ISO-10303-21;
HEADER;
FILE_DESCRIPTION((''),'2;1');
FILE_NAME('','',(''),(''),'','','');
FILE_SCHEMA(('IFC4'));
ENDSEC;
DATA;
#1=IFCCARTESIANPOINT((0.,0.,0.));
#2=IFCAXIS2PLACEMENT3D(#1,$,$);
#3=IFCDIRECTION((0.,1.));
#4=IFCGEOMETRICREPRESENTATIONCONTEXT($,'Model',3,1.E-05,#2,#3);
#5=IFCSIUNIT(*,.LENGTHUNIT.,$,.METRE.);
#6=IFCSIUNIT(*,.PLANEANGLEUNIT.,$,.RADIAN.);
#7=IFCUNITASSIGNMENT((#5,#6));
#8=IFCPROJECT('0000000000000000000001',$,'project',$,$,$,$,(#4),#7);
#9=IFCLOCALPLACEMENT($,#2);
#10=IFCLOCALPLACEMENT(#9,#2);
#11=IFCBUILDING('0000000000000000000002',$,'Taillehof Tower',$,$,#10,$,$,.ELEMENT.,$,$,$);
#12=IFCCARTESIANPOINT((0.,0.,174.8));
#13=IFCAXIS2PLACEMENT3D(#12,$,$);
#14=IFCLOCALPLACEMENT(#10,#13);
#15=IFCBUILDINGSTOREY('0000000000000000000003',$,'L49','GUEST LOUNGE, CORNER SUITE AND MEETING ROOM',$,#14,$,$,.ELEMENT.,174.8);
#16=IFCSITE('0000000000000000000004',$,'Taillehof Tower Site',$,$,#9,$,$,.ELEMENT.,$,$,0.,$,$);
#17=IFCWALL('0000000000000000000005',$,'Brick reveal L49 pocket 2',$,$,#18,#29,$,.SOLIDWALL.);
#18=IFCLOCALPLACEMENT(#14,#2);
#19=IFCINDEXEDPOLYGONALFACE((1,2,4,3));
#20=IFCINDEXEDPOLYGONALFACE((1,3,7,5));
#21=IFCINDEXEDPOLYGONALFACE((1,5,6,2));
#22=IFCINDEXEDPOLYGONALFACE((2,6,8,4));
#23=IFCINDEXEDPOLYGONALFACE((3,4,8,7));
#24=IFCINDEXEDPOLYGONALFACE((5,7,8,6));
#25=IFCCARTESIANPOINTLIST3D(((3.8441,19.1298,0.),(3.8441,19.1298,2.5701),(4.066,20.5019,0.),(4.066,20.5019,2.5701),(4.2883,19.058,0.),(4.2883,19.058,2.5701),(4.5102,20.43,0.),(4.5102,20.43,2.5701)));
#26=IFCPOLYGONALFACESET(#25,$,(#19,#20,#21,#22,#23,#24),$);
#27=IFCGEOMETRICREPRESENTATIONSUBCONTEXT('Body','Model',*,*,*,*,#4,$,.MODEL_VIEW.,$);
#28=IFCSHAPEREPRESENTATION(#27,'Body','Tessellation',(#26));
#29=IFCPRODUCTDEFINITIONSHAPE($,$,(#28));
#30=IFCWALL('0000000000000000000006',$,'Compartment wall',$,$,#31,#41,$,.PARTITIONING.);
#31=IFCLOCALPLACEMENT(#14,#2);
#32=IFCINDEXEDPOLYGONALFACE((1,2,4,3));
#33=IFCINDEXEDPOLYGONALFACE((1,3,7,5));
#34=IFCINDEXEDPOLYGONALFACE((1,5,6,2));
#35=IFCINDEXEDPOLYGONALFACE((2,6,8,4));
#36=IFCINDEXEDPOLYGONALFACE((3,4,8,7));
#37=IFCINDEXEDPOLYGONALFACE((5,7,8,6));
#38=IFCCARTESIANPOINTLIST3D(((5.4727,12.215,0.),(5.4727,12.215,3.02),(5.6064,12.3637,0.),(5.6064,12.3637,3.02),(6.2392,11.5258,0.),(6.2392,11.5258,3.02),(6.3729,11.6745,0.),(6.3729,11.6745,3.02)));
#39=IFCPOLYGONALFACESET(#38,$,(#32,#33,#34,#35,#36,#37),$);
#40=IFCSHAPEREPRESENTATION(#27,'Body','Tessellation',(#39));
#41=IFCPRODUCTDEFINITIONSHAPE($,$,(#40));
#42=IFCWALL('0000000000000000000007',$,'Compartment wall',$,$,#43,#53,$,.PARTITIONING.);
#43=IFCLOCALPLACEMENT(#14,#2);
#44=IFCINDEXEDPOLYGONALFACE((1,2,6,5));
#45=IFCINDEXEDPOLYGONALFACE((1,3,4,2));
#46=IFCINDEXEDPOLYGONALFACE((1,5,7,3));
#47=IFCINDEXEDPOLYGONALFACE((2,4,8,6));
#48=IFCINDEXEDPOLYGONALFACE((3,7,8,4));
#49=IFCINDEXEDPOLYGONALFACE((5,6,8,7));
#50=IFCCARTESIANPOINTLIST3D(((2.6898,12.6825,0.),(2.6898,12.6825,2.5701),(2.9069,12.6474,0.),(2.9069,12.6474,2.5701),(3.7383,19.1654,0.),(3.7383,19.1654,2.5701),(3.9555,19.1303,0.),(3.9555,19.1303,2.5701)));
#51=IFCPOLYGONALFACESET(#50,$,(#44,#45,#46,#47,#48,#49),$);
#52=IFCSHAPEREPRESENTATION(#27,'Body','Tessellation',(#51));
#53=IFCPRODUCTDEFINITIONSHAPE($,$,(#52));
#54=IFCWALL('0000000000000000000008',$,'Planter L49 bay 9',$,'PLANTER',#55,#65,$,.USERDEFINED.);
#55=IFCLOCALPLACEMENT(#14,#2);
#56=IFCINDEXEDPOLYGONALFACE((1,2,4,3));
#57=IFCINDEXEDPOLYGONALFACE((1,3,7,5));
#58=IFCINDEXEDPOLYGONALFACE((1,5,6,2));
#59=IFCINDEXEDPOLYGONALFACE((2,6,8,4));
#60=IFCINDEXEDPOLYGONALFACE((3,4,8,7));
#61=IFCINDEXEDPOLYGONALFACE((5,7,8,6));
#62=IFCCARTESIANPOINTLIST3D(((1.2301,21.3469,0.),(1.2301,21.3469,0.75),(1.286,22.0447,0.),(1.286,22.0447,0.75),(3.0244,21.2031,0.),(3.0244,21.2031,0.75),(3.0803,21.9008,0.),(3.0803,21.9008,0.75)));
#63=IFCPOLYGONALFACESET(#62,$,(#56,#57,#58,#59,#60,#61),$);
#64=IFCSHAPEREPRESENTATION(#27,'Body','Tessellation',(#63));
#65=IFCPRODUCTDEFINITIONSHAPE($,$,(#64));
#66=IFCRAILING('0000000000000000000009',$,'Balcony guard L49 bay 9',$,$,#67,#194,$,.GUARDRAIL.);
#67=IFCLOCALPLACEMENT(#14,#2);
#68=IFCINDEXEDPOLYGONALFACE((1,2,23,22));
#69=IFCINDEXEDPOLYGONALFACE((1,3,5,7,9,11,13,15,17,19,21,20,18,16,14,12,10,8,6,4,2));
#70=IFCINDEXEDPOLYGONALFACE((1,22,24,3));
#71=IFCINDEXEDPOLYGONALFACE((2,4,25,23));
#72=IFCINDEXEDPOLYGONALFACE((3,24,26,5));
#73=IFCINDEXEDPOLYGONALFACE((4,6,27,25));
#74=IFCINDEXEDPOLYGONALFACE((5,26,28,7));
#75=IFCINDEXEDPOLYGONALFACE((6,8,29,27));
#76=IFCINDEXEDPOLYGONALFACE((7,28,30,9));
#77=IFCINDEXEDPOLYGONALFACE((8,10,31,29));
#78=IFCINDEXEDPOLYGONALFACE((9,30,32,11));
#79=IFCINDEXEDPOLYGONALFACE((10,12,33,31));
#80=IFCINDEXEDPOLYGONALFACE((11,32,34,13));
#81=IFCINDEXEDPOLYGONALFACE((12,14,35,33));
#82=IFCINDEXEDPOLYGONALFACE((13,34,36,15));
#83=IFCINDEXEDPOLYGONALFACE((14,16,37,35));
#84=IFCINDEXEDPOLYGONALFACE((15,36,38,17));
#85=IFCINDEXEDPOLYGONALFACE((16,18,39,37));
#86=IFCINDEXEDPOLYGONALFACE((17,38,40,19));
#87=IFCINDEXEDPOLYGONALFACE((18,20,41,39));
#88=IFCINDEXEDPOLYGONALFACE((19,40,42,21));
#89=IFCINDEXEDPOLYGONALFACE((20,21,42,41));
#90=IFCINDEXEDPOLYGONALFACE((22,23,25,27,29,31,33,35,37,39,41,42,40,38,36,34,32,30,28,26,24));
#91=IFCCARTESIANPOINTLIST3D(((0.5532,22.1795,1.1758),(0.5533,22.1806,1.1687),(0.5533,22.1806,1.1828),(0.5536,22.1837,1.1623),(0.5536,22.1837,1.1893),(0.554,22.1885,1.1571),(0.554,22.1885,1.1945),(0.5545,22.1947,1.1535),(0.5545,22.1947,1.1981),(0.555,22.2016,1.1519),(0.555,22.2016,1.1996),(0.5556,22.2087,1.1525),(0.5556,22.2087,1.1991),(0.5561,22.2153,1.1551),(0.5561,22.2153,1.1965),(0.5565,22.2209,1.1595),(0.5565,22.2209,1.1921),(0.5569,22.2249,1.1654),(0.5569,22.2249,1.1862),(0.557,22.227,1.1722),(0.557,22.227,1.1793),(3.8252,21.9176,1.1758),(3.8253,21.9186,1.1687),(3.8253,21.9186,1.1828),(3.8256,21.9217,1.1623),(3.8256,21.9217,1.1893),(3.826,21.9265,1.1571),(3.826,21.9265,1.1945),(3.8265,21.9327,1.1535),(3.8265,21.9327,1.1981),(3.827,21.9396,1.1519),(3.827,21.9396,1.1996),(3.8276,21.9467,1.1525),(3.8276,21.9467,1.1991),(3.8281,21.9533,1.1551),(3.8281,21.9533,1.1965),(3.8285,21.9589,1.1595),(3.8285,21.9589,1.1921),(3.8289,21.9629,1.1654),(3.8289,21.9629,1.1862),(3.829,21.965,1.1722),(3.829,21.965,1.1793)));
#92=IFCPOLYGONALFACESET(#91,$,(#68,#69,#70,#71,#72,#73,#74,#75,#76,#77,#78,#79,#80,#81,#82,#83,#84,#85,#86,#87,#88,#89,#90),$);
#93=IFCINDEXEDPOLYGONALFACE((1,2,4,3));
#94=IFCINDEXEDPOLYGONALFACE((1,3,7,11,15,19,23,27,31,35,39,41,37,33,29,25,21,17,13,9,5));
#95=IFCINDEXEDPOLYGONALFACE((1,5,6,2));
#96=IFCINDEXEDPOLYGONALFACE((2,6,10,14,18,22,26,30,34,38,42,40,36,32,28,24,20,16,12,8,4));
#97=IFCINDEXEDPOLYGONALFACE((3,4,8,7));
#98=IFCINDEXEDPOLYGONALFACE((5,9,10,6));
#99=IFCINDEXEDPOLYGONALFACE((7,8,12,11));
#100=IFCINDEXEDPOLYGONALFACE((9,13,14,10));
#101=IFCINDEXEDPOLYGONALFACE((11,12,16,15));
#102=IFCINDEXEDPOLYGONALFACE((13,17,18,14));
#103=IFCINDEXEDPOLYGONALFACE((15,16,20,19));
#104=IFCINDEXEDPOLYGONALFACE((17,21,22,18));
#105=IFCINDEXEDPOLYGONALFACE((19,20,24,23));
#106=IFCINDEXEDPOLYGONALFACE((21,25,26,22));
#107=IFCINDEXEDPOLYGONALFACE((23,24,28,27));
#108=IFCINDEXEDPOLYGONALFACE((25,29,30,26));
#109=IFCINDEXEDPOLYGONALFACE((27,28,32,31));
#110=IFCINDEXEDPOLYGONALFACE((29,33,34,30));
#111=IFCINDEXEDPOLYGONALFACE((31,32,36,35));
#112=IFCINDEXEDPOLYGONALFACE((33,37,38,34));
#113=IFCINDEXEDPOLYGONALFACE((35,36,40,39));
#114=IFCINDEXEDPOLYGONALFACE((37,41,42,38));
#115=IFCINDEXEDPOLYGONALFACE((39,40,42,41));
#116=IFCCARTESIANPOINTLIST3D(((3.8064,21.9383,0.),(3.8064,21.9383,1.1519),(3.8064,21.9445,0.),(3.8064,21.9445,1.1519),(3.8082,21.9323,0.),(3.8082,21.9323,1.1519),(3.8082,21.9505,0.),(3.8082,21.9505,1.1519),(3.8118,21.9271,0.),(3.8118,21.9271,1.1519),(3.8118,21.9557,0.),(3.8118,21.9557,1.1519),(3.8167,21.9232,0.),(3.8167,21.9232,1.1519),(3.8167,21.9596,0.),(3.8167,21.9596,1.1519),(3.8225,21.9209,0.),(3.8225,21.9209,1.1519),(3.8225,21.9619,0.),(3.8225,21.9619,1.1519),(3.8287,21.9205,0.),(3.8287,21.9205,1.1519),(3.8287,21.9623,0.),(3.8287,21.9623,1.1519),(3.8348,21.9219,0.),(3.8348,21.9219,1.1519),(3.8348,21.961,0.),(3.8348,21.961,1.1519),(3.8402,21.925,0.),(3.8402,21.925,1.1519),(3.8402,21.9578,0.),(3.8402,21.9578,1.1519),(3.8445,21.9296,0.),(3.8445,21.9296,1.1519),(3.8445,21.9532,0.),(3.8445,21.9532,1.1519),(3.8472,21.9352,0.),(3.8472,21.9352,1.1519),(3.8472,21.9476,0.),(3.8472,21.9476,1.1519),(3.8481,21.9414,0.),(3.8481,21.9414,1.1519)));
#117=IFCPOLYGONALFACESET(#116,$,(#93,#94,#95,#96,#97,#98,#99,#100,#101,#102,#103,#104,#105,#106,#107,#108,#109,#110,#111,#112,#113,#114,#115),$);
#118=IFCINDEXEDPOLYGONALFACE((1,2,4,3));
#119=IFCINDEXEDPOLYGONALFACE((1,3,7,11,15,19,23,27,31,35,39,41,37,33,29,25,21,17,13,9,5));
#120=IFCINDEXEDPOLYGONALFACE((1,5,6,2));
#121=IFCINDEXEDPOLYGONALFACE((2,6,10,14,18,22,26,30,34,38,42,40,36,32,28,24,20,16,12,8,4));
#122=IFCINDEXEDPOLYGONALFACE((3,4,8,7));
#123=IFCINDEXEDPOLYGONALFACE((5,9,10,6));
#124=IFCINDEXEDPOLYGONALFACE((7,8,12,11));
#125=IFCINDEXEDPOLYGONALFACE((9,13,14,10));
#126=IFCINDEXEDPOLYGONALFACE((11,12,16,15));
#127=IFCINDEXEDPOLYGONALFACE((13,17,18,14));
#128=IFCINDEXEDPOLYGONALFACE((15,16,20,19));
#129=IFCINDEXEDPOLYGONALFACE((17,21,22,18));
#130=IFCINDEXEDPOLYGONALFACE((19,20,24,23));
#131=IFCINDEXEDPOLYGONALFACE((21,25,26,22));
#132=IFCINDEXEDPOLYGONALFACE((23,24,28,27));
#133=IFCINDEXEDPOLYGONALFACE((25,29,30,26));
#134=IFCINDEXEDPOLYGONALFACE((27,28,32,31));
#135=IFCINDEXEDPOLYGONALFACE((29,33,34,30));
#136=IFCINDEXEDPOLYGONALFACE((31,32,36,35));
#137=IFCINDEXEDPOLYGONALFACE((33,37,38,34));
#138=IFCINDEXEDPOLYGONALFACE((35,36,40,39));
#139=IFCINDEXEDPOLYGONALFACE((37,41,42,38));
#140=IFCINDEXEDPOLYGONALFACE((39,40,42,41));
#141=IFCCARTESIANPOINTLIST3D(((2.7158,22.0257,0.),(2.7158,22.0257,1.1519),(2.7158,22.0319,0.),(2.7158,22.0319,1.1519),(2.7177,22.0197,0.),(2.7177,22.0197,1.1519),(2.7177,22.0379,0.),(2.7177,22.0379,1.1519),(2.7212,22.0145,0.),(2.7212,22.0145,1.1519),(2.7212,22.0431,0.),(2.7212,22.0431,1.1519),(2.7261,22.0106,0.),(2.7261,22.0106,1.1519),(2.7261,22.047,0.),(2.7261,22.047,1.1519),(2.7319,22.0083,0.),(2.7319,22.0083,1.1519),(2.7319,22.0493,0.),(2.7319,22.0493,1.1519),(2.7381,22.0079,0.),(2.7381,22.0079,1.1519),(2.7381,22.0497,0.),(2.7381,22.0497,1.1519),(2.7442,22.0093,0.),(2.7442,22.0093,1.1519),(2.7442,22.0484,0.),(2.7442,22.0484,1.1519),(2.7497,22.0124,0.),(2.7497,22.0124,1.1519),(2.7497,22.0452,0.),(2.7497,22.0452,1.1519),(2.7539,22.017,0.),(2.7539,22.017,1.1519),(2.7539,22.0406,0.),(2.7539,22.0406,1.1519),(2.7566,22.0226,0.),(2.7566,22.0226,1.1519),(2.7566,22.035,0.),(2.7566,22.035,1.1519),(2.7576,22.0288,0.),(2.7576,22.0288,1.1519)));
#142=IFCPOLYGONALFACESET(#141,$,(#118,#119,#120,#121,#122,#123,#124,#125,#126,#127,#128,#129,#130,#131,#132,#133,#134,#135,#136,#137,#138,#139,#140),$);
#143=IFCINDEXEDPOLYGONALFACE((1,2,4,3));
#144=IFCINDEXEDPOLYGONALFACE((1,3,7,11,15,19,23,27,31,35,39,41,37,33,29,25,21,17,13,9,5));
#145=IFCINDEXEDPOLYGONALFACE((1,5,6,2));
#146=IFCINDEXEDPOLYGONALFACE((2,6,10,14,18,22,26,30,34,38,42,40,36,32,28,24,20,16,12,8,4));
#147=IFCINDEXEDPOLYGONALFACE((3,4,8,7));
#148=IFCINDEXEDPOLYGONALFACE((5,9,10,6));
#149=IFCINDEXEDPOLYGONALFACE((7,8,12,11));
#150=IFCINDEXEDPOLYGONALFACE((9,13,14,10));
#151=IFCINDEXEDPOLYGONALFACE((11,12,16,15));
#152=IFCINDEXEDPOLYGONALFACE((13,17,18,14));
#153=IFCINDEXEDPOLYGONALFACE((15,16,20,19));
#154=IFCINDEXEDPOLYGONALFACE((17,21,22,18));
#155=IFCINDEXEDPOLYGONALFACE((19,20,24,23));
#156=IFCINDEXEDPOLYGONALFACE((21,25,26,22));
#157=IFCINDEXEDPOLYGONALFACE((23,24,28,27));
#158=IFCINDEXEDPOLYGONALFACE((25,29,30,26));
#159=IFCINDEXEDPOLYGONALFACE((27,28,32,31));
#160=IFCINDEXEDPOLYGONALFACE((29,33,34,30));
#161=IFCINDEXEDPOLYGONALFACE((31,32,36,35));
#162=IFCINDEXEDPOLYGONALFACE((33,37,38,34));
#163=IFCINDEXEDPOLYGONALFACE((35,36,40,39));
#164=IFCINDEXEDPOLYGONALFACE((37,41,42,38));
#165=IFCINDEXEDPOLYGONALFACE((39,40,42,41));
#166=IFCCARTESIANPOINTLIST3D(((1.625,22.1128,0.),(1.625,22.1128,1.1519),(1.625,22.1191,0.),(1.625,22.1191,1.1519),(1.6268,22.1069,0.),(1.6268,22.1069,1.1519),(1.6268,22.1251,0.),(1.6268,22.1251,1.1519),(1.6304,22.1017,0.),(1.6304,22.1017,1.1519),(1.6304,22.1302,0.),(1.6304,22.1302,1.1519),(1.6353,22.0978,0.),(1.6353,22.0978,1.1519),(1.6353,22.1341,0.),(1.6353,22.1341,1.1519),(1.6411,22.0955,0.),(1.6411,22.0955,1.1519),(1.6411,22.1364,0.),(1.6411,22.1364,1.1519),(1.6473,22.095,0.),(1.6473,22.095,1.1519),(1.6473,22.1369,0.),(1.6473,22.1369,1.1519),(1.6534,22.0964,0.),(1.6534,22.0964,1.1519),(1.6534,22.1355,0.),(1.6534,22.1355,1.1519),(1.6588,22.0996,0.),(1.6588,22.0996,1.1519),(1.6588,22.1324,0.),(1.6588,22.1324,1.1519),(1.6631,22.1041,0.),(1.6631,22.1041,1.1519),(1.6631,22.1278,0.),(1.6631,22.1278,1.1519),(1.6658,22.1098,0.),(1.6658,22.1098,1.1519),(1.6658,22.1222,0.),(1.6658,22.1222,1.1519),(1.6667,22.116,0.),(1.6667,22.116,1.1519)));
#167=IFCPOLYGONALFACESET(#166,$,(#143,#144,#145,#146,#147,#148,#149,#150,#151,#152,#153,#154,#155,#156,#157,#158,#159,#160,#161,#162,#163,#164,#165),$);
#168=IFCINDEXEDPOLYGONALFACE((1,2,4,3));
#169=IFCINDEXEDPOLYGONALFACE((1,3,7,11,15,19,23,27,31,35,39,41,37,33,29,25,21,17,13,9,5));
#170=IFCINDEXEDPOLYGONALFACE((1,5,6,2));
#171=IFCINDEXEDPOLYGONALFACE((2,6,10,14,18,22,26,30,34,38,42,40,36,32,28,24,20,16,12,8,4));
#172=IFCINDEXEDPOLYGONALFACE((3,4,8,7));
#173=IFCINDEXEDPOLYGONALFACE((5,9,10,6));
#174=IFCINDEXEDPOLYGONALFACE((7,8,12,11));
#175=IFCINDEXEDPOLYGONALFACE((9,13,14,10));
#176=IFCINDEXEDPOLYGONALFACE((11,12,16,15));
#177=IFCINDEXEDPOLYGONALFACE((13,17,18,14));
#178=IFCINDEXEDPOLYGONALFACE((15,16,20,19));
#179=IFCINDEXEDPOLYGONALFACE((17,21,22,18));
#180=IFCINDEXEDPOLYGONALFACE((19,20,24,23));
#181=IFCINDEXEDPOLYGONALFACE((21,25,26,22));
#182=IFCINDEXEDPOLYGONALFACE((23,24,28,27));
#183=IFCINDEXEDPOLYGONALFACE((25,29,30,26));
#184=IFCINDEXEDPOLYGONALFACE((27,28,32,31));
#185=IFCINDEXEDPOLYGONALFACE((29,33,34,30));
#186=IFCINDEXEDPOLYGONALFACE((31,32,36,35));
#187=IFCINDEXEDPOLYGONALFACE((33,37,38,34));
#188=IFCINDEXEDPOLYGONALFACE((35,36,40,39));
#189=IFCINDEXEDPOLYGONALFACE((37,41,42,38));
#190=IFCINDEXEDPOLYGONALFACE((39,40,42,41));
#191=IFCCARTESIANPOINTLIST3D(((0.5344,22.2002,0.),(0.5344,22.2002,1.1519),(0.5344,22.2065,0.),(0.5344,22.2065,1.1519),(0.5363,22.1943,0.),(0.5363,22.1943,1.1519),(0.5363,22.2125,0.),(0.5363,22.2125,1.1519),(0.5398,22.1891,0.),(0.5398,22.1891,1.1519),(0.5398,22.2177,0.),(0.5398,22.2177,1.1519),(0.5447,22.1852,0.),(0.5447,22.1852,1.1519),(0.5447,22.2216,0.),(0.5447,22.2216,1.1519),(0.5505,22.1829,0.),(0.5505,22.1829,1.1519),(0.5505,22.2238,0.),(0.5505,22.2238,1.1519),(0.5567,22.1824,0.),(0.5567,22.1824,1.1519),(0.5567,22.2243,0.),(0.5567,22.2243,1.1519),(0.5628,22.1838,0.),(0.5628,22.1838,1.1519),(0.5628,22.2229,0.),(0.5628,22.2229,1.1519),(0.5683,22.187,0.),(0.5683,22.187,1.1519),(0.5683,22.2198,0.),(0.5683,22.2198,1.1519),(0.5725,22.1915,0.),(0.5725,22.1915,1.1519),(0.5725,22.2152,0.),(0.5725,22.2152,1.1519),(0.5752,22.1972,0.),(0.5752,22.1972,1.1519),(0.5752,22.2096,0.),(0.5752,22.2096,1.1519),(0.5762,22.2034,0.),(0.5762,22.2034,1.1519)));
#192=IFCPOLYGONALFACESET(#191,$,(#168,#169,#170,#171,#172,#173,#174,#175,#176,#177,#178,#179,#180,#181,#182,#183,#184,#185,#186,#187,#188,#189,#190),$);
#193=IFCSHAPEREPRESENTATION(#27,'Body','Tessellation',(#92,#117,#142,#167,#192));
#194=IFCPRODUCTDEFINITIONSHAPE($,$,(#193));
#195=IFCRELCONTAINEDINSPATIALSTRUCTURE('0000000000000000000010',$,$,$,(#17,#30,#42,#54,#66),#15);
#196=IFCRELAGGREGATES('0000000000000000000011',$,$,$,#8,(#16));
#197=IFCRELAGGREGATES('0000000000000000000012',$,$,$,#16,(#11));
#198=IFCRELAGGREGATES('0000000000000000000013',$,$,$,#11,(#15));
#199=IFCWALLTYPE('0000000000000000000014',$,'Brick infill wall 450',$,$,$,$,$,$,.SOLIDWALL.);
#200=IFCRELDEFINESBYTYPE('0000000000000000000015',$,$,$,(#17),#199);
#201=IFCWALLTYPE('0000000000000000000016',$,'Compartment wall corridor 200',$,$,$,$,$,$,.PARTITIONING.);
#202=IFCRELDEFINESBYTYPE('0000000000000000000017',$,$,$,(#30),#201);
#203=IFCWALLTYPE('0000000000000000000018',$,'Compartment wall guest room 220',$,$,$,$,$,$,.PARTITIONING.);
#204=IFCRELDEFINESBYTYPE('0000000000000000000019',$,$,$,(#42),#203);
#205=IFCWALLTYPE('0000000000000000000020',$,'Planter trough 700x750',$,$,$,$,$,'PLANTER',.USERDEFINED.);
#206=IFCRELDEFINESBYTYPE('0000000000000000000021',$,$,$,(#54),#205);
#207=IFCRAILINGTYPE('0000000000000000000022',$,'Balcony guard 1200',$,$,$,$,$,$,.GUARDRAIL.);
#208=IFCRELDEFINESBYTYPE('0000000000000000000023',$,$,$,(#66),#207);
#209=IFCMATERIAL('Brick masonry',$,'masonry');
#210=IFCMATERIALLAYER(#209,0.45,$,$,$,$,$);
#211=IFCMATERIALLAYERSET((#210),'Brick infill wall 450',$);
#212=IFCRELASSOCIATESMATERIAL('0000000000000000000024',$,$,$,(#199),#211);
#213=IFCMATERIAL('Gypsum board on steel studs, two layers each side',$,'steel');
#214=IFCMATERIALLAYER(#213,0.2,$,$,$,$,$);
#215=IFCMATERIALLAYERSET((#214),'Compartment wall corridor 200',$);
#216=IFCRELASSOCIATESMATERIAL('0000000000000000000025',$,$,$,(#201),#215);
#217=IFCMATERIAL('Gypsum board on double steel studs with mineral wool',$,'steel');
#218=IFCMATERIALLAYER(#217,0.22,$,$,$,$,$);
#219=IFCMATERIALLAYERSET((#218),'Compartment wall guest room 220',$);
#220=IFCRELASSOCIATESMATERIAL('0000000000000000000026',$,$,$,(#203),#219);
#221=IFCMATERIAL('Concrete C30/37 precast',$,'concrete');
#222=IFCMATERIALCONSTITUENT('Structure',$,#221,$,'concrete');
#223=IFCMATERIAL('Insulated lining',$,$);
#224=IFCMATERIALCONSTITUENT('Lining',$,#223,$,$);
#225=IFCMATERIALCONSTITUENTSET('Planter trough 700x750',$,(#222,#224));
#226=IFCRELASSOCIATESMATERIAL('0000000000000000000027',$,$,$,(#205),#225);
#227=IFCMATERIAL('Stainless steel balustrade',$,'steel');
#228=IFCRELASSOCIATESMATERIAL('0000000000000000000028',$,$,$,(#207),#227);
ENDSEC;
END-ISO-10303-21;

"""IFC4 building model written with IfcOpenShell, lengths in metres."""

from ifc_helpers import new_model, si_unit, direction, frame, frame_2d, origin, origin_2d, place, context, subcontext, project, spatial, rectangle, circle, extrude, material, layer, layer_set, constituent, constituent_set, type_object, element, save


model = new_model("IFC4")

# Units and contexts
model_context = context("Model", 3, precision=1e-05, world=origin(), true_north=direction((0.0, 1.0)))
body_context = subcontext(model_context, "Body", "Model", "MODEL_VIEW")
ifc_project = project(units=[si_unit("LENGTHUNIT", "METRE"), si_unit("PLANEANGLEUNIT", "RADIAN")], contexts=[model_context])

# Site, building, storey
site_placement = place(None, origin())
site = spatial("IfcSite", under=ifc_project, at=site_placement, Name="Taillehof Tower Site", CompositionType="ELEMENT", RefElevation=0.0)
building_placement = place(site_placement, origin())
building = spatial("IfcBuilding", under=site, at=building_placement, Name="Taillehof Tower", CompositionType="ELEMENT")
storey_placement = place(building_placement, frame((0.0, 0.0, 174.8)))
storey = spatial("IfcBuildingStorey", under=building, at=storey_placement, Name="L49", Description="GUEST LOUNGE, CORNER SUITE AND MEETING ROOM", CompositionType="ELEMENT", Elevation=174.8)

# Shared definitions
ifc_material_1 = material(Name="Brick masonry", Category="masonry")
ifc_layer_1 = layer(ifc_material_1, 0.45)
ifc_layer_set_1 = layer_set([ifc_layer_1], Name="Brick infill wall 450")
wall_type_1 = type_object("IfcWallType", Name="Brick infill wall 450", PredefinedType="SOLIDWALL", material=ifc_layer_set_1)

# Wall
wall_1_placement = place(storey_placement, frame((4.2881, 20.4658, 0.0), z_axis=(0.0, 0.0, 1.0), x_axis=(-0.159669, -0.987171, 0.0)))
element("IfcWall", 1, at=wall_1_placement, inside=storey, type_object=wall_type_1, Name="Brick reveal L49 pocket 2", PredefinedType="SOLIDWALL", context=body_context, shape_type="SweptSolid", body=[
    extrude(rectangle(XDim=1.3899, YDim=0.45, at=frame_2d((0.6948, 0.0))), origin(), (0.0, 0.0, 1.0), 2.5701),
])

# Walls
ifc_material_2 = material(Name="Gypsum board on steel studs, two layers each side", Category="steel")
ifc_layer_2 = layer(ifc_material_2, 0.2)
ifc_layer_set_2 = layer_set([ifc_layer_2], Name="Compartment wall corridor 200")
wall_type_2 = type_object("IfcWallType", Name="Compartment wall corridor 200", PredefinedType="PARTITIONING", material=ifc_layer_set_2)
wall_2_placement = place(storey_placement, frame((5.5396, 12.2893, 0.0), z_axis=(0.0, 0.0, 1.0), x_axis=(0.743647, -0.668572, 0.0)))
element("IfcWall", 2, at=wall_2_placement, inside=storey, type_object=wall_type_2, Name="Compartment wall", PredefinedType="PARTITIONING", context=body_context, shape_type="SweptSolid", body=[
    extrude(rectangle(XDim=1.0308, YDim=0.2, at=frame_2d((0.5154, 0.0))), origin(), (0.0, 0.0, 1.0), 3.02),
])
ifc_material_3 = material(Name="Gypsum board on double steel studs with mineral wool", Category="steel")
ifc_layer_3 = layer(ifc_material_3, 0.22)
ifc_layer_set_3 = layer_set([ifc_layer_3], Name="Compartment wall guest room 220")
wall_type_3 = type_object("IfcWallType", Name="Compartment wall guest room 220", PredefinedType="PARTITIONING", material=ifc_layer_set_3)
wall_3_placement = place(storey_placement, frame((3.8469, 19.1479, 0.0), z_axis=(0.0, 0.0, 1.0), x_axis=(-0.159671, -0.98717, 0.0)))
element("IfcWall", 3, at=wall_3_placement, inside=storey, type_object=wall_type_3, Name="Compartment wall", PredefinedType="PARTITIONING", context=body_context, shape_type="SweptSolid", body=[
    extrude(rectangle(XDim=6.5671, YDim=0.22, at=frame_2d((3.2837, 0.0))), origin(), (0.0, 0.0, 1.0), 2.5701),
])
ifc_material_4 = material(Name="Concrete C30/37 precast", Category="concrete")
ifc_constituent_1 = constituent(ifc_material_4, Name="Structure", Category="concrete")
ifc_material_5 = material(Name="Insulated lining")
ifc_constituent_2 = constituent(ifc_material_5, Name="Lining")
ifc_constituent_set = constituent_set(constituents=[ifc_constituent_1, ifc_constituent_2], Name="Planter trough 700x750")
wall_type_4 = type_object("IfcWallType", Name="Planter trough 700x750", ElementType="PLANTER", PredefinedType="USERDEFINED", material=ifc_constituent_set)
wall_4_placement = place(storey_placement, frame((3.0522, 21.552, 0.0), z_axis=(0.0, 0.0, 1.0), x_axis=(-0.996804, 0.079891, 0.0)))
element("IfcWall", 4, at=wall_4_placement, inside=storey, type_object=wall_type_4, Name="Planter L49 bay 9", ObjectType="PLANTER", PredefinedType="USERDEFINED", context=body_context, shape_type="SweptSolid", body=[
    extrude(rectangle(XDim=1.8, YDim=0.7, at=frame_2d((0.8999, 0.0))), origin(), (0.0, 0.0, 1.0), 0.75),
])

# Railing
ifc_material_6 = material(Name="Stainless steel balustrade", Category="steel")
railing_type = type_object("IfcRailingType", Name="Balcony guard 1200", PredefinedType="GUARDRAIL", material=ifc_material_6)
railing_1_placement = place(storey_placement, frame((3.8271, 21.9414, 0.0)))
element("IfcRailing", 5, at=railing_1_placement, inside=storey, type_object=railing_type, Name="Balcony guard L49 bay 9", PredefinedType="GUARDRAIL", context=body_context, shape_type="SweptSolid", body=[
    extrude(circle(Radius=0.0239, at=origin_2d()), frame((0.0, 0.0, 1.1758), z_axis=(-0.99681, 0.079807, 0.0), x_axis=(-0.079807, -0.99681, 0.0)), (0.0, 0.0, 1.0), 3.2825),
    extrude(circle(Radius=0.021, at=origin_2d()), origin(), (0.0, 0.0, 1.0), 1.1519),
    extrude(circle(Radius=0.021, at=origin_2d()), frame((-1.0906, 0.0874, 0.0)), (0.0, 0.0, 1.0), 1.1519),
    extrude(circle(Radius=0.021, at=origin_2d()), frame((-2.1814, 0.1746, 0.0)), (0.0, 0.0, 1.0), 1.1519),
    extrude(circle(Radius=0.021, at=origin_2d()), frame((-3.272, 0.262, 0.0)), (0.0, 0.0, 1.0), 1.1519),
])

save(model, "model.ifc")
